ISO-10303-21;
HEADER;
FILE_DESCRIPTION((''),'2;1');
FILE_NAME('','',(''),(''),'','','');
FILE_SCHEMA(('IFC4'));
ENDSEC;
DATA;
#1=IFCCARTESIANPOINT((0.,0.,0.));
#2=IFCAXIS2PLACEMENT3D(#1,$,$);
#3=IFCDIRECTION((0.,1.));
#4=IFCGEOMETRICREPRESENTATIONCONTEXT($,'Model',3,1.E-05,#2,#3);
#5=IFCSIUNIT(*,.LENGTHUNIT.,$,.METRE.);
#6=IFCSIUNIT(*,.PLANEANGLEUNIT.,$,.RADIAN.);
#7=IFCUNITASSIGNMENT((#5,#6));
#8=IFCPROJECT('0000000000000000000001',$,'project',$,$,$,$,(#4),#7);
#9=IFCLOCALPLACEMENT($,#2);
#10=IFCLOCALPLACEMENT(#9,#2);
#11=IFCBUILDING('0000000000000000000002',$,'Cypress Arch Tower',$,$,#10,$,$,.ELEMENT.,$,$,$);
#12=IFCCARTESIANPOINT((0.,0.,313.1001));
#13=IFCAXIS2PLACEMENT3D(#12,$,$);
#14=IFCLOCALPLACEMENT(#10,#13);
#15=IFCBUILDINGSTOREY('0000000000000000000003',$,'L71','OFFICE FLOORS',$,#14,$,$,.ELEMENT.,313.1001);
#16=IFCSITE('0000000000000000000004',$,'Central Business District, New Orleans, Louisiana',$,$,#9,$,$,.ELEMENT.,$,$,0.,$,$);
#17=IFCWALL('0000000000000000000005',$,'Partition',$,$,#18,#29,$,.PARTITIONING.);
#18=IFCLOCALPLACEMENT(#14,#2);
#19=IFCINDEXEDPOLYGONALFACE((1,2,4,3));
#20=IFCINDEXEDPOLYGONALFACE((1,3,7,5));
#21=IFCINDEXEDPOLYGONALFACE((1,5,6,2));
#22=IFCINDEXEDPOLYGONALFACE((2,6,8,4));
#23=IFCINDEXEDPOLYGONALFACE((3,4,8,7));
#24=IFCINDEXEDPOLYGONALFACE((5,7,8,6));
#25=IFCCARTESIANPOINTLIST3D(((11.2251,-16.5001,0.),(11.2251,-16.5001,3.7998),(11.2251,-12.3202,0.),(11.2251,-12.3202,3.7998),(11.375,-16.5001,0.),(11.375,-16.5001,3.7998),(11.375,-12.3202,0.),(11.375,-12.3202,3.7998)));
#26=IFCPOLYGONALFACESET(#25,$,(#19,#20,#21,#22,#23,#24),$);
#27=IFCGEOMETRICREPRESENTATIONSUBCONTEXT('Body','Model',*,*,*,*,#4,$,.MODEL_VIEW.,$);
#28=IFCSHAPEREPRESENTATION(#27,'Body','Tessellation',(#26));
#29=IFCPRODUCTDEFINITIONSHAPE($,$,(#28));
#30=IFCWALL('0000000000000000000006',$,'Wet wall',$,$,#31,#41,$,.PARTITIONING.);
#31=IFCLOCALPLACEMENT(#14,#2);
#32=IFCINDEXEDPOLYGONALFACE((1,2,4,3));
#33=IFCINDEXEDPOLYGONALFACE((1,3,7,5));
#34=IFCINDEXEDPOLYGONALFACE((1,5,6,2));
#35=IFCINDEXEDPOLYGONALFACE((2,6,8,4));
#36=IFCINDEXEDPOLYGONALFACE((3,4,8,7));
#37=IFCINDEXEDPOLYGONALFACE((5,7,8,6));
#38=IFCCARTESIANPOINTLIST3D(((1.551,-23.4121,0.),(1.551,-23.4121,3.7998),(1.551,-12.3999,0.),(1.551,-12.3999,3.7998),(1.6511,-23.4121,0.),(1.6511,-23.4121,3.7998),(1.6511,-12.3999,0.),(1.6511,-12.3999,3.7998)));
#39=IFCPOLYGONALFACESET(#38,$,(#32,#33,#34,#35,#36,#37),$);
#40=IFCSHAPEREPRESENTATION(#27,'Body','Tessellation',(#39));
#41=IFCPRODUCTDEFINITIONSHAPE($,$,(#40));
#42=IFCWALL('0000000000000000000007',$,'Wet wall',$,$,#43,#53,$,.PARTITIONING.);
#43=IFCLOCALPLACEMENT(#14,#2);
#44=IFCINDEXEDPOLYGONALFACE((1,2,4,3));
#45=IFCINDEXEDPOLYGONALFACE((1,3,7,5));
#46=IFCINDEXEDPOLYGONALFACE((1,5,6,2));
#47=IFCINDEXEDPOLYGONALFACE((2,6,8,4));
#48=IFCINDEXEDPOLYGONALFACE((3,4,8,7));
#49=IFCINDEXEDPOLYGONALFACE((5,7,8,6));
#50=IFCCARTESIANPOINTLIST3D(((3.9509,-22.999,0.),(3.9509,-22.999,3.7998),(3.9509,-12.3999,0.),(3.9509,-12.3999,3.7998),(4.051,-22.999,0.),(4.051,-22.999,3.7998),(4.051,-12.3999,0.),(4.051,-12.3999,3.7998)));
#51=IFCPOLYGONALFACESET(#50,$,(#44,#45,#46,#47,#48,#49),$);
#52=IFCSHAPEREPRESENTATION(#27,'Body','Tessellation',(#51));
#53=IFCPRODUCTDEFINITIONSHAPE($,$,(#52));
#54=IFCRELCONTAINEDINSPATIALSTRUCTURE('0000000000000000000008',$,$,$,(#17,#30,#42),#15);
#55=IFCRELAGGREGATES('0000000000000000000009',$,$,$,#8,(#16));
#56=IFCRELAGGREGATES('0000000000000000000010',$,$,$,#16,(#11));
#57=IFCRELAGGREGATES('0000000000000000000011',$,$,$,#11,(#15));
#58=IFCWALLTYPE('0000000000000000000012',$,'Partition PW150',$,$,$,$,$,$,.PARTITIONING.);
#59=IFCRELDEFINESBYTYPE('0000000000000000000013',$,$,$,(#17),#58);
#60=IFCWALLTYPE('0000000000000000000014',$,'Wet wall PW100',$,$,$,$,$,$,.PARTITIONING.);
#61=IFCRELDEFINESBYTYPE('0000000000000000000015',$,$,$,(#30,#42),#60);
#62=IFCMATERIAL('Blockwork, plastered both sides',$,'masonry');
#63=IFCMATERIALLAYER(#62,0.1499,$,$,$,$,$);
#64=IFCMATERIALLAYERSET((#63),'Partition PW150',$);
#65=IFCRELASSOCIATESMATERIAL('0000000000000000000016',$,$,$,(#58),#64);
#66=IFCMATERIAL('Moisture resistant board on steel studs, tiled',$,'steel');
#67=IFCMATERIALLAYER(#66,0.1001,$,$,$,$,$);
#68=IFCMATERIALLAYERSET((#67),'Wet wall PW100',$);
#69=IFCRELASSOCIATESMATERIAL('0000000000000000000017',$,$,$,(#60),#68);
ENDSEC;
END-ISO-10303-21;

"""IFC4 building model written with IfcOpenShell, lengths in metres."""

from ifc_helpers import new_model, si_unit, direction, frame, frame_2d, origin, place, context, subcontext, project, spatial, rectangle, extrude, material, layer, layer_set, type_object, element, save


model = new_model("IFC4")

# Units and contexts
model_context = context("Model", 3, precision=1e-05, world=origin(), true_north=direction((0.0, 1.0)))
body_context = subcontext(model_context, "Body", "Model", "MODEL_VIEW")
ifc_project = project(units=[si_unit("LENGTHUNIT", "METRE"), si_unit("PLANEANGLEUNIT", "RADIAN")], contexts=[model_context])

# Site, building, storey
site_placement = place(None, origin())
site = spatial("IfcSite", under=ifc_project, at=site_placement, Name="Central Business District, New Orleans, Louisiana", CompositionType="ELEMENT", RefElevation=0.0)
building_placement = place(site_placement, origin())
building = spatial("IfcBuilding", under=site, at=building_placement, Name="Cypress Arch Tower", CompositionType="ELEMENT")
storey_placement = place(building_placement, frame((0.0, 0.0, 313.1001)))
storey = spatial("IfcBuildingStorey", under=building, at=storey_placement, Name="L71", Description="OFFICE FLOORS", CompositionType="ELEMENT", Elevation=313.1001)

# Shared definitions
ifc_material_1 = material(Name="Blockwork, plastered both sides", Category="masonry")
ifc_layer_1 = layer(ifc_material_1, 0.1499)
ifc_layer_set_1 = layer_set([ifc_layer_1], Name="Partition PW150")
wall_type_1 = type_object("IfcWallType", Name="Partition PW150", PredefinedType="PARTITIONING", material=ifc_layer_set_1)

# Walls
wall_1_placement = place(storey_placement, frame((11.3, -16.5, 0.0), z_axis=(0.0, 0.0, 1.0), x_axis=(0.0, 1.0, 0.0)))
element("IfcWall", 1, at=wall_1_placement, inside=storey, type_object=wall_type_1, Name="Partition", PredefinedType="PARTITIONING", context=body_context, shape_type="SweptSolid", body=[
    extrude(rectangle(XDim=4.1799, YDim=0.1499, at=frame_2d((2.0898, 0.0))), origin(), (0.0, 0.0, 1.0), 3.7998),
])
ifc_material_2 = material(Name="Moisture resistant board on steel studs, tiled", Category="steel")
ifc_layer_2 = layer(ifc_material_2, 0.1001)
ifc_layer_set_2 = layer_set([ifc_layer_2], Name="Wet wall PW100")
wall_type_2 = type_object("IfcWallType", Name="Wet wall PW100", PredefinedType="PARTITIONING", material=ifc_layer_set_2)
wall_2_placement = place(storey_placement, frame((1.6011, -23.4121, 0.0), z_axis=(0.0, 0.0, 1.0), x_axis=(0.0, 1.0, 0.0)))
element("IfcWall", 2, at=wall_2_placement, inside=storey, type_object=wall_type_2, Name="Wet wall", PredefinedType="PARTITIONING", context=body_context, shape_type="SweptSolid", body=[
    extrude(rectangle(XDim=11.0122, YDim=0.1001, at=frame_2d((5.5061, 0.0))), origin(), (0.0, 0.0, 1.0), 3.7998),
])
wall_3_placement = place(storey_placement, frame((4.001, -22.999, 0.0), z_axis=(0.0, 0.0, 1.0), x_axis=(0.0, 1.0, 0.0)))
element("IfcWall", 3, at=wall_3_placement, inside=storey, type_object=wall_type_2, Name="Wet wall", PredefinedType="PARTITIONING", context=body_context, shape_type="SweptSolid", body=[
    extrude(rectangle(XDim=10.5991, YDim=0.1001, at=frame_2d((5.2996, 0.0))), origin(), (0.0, 0.0, 1.0), 3.7998),
])

save(model, "model.ifc")
